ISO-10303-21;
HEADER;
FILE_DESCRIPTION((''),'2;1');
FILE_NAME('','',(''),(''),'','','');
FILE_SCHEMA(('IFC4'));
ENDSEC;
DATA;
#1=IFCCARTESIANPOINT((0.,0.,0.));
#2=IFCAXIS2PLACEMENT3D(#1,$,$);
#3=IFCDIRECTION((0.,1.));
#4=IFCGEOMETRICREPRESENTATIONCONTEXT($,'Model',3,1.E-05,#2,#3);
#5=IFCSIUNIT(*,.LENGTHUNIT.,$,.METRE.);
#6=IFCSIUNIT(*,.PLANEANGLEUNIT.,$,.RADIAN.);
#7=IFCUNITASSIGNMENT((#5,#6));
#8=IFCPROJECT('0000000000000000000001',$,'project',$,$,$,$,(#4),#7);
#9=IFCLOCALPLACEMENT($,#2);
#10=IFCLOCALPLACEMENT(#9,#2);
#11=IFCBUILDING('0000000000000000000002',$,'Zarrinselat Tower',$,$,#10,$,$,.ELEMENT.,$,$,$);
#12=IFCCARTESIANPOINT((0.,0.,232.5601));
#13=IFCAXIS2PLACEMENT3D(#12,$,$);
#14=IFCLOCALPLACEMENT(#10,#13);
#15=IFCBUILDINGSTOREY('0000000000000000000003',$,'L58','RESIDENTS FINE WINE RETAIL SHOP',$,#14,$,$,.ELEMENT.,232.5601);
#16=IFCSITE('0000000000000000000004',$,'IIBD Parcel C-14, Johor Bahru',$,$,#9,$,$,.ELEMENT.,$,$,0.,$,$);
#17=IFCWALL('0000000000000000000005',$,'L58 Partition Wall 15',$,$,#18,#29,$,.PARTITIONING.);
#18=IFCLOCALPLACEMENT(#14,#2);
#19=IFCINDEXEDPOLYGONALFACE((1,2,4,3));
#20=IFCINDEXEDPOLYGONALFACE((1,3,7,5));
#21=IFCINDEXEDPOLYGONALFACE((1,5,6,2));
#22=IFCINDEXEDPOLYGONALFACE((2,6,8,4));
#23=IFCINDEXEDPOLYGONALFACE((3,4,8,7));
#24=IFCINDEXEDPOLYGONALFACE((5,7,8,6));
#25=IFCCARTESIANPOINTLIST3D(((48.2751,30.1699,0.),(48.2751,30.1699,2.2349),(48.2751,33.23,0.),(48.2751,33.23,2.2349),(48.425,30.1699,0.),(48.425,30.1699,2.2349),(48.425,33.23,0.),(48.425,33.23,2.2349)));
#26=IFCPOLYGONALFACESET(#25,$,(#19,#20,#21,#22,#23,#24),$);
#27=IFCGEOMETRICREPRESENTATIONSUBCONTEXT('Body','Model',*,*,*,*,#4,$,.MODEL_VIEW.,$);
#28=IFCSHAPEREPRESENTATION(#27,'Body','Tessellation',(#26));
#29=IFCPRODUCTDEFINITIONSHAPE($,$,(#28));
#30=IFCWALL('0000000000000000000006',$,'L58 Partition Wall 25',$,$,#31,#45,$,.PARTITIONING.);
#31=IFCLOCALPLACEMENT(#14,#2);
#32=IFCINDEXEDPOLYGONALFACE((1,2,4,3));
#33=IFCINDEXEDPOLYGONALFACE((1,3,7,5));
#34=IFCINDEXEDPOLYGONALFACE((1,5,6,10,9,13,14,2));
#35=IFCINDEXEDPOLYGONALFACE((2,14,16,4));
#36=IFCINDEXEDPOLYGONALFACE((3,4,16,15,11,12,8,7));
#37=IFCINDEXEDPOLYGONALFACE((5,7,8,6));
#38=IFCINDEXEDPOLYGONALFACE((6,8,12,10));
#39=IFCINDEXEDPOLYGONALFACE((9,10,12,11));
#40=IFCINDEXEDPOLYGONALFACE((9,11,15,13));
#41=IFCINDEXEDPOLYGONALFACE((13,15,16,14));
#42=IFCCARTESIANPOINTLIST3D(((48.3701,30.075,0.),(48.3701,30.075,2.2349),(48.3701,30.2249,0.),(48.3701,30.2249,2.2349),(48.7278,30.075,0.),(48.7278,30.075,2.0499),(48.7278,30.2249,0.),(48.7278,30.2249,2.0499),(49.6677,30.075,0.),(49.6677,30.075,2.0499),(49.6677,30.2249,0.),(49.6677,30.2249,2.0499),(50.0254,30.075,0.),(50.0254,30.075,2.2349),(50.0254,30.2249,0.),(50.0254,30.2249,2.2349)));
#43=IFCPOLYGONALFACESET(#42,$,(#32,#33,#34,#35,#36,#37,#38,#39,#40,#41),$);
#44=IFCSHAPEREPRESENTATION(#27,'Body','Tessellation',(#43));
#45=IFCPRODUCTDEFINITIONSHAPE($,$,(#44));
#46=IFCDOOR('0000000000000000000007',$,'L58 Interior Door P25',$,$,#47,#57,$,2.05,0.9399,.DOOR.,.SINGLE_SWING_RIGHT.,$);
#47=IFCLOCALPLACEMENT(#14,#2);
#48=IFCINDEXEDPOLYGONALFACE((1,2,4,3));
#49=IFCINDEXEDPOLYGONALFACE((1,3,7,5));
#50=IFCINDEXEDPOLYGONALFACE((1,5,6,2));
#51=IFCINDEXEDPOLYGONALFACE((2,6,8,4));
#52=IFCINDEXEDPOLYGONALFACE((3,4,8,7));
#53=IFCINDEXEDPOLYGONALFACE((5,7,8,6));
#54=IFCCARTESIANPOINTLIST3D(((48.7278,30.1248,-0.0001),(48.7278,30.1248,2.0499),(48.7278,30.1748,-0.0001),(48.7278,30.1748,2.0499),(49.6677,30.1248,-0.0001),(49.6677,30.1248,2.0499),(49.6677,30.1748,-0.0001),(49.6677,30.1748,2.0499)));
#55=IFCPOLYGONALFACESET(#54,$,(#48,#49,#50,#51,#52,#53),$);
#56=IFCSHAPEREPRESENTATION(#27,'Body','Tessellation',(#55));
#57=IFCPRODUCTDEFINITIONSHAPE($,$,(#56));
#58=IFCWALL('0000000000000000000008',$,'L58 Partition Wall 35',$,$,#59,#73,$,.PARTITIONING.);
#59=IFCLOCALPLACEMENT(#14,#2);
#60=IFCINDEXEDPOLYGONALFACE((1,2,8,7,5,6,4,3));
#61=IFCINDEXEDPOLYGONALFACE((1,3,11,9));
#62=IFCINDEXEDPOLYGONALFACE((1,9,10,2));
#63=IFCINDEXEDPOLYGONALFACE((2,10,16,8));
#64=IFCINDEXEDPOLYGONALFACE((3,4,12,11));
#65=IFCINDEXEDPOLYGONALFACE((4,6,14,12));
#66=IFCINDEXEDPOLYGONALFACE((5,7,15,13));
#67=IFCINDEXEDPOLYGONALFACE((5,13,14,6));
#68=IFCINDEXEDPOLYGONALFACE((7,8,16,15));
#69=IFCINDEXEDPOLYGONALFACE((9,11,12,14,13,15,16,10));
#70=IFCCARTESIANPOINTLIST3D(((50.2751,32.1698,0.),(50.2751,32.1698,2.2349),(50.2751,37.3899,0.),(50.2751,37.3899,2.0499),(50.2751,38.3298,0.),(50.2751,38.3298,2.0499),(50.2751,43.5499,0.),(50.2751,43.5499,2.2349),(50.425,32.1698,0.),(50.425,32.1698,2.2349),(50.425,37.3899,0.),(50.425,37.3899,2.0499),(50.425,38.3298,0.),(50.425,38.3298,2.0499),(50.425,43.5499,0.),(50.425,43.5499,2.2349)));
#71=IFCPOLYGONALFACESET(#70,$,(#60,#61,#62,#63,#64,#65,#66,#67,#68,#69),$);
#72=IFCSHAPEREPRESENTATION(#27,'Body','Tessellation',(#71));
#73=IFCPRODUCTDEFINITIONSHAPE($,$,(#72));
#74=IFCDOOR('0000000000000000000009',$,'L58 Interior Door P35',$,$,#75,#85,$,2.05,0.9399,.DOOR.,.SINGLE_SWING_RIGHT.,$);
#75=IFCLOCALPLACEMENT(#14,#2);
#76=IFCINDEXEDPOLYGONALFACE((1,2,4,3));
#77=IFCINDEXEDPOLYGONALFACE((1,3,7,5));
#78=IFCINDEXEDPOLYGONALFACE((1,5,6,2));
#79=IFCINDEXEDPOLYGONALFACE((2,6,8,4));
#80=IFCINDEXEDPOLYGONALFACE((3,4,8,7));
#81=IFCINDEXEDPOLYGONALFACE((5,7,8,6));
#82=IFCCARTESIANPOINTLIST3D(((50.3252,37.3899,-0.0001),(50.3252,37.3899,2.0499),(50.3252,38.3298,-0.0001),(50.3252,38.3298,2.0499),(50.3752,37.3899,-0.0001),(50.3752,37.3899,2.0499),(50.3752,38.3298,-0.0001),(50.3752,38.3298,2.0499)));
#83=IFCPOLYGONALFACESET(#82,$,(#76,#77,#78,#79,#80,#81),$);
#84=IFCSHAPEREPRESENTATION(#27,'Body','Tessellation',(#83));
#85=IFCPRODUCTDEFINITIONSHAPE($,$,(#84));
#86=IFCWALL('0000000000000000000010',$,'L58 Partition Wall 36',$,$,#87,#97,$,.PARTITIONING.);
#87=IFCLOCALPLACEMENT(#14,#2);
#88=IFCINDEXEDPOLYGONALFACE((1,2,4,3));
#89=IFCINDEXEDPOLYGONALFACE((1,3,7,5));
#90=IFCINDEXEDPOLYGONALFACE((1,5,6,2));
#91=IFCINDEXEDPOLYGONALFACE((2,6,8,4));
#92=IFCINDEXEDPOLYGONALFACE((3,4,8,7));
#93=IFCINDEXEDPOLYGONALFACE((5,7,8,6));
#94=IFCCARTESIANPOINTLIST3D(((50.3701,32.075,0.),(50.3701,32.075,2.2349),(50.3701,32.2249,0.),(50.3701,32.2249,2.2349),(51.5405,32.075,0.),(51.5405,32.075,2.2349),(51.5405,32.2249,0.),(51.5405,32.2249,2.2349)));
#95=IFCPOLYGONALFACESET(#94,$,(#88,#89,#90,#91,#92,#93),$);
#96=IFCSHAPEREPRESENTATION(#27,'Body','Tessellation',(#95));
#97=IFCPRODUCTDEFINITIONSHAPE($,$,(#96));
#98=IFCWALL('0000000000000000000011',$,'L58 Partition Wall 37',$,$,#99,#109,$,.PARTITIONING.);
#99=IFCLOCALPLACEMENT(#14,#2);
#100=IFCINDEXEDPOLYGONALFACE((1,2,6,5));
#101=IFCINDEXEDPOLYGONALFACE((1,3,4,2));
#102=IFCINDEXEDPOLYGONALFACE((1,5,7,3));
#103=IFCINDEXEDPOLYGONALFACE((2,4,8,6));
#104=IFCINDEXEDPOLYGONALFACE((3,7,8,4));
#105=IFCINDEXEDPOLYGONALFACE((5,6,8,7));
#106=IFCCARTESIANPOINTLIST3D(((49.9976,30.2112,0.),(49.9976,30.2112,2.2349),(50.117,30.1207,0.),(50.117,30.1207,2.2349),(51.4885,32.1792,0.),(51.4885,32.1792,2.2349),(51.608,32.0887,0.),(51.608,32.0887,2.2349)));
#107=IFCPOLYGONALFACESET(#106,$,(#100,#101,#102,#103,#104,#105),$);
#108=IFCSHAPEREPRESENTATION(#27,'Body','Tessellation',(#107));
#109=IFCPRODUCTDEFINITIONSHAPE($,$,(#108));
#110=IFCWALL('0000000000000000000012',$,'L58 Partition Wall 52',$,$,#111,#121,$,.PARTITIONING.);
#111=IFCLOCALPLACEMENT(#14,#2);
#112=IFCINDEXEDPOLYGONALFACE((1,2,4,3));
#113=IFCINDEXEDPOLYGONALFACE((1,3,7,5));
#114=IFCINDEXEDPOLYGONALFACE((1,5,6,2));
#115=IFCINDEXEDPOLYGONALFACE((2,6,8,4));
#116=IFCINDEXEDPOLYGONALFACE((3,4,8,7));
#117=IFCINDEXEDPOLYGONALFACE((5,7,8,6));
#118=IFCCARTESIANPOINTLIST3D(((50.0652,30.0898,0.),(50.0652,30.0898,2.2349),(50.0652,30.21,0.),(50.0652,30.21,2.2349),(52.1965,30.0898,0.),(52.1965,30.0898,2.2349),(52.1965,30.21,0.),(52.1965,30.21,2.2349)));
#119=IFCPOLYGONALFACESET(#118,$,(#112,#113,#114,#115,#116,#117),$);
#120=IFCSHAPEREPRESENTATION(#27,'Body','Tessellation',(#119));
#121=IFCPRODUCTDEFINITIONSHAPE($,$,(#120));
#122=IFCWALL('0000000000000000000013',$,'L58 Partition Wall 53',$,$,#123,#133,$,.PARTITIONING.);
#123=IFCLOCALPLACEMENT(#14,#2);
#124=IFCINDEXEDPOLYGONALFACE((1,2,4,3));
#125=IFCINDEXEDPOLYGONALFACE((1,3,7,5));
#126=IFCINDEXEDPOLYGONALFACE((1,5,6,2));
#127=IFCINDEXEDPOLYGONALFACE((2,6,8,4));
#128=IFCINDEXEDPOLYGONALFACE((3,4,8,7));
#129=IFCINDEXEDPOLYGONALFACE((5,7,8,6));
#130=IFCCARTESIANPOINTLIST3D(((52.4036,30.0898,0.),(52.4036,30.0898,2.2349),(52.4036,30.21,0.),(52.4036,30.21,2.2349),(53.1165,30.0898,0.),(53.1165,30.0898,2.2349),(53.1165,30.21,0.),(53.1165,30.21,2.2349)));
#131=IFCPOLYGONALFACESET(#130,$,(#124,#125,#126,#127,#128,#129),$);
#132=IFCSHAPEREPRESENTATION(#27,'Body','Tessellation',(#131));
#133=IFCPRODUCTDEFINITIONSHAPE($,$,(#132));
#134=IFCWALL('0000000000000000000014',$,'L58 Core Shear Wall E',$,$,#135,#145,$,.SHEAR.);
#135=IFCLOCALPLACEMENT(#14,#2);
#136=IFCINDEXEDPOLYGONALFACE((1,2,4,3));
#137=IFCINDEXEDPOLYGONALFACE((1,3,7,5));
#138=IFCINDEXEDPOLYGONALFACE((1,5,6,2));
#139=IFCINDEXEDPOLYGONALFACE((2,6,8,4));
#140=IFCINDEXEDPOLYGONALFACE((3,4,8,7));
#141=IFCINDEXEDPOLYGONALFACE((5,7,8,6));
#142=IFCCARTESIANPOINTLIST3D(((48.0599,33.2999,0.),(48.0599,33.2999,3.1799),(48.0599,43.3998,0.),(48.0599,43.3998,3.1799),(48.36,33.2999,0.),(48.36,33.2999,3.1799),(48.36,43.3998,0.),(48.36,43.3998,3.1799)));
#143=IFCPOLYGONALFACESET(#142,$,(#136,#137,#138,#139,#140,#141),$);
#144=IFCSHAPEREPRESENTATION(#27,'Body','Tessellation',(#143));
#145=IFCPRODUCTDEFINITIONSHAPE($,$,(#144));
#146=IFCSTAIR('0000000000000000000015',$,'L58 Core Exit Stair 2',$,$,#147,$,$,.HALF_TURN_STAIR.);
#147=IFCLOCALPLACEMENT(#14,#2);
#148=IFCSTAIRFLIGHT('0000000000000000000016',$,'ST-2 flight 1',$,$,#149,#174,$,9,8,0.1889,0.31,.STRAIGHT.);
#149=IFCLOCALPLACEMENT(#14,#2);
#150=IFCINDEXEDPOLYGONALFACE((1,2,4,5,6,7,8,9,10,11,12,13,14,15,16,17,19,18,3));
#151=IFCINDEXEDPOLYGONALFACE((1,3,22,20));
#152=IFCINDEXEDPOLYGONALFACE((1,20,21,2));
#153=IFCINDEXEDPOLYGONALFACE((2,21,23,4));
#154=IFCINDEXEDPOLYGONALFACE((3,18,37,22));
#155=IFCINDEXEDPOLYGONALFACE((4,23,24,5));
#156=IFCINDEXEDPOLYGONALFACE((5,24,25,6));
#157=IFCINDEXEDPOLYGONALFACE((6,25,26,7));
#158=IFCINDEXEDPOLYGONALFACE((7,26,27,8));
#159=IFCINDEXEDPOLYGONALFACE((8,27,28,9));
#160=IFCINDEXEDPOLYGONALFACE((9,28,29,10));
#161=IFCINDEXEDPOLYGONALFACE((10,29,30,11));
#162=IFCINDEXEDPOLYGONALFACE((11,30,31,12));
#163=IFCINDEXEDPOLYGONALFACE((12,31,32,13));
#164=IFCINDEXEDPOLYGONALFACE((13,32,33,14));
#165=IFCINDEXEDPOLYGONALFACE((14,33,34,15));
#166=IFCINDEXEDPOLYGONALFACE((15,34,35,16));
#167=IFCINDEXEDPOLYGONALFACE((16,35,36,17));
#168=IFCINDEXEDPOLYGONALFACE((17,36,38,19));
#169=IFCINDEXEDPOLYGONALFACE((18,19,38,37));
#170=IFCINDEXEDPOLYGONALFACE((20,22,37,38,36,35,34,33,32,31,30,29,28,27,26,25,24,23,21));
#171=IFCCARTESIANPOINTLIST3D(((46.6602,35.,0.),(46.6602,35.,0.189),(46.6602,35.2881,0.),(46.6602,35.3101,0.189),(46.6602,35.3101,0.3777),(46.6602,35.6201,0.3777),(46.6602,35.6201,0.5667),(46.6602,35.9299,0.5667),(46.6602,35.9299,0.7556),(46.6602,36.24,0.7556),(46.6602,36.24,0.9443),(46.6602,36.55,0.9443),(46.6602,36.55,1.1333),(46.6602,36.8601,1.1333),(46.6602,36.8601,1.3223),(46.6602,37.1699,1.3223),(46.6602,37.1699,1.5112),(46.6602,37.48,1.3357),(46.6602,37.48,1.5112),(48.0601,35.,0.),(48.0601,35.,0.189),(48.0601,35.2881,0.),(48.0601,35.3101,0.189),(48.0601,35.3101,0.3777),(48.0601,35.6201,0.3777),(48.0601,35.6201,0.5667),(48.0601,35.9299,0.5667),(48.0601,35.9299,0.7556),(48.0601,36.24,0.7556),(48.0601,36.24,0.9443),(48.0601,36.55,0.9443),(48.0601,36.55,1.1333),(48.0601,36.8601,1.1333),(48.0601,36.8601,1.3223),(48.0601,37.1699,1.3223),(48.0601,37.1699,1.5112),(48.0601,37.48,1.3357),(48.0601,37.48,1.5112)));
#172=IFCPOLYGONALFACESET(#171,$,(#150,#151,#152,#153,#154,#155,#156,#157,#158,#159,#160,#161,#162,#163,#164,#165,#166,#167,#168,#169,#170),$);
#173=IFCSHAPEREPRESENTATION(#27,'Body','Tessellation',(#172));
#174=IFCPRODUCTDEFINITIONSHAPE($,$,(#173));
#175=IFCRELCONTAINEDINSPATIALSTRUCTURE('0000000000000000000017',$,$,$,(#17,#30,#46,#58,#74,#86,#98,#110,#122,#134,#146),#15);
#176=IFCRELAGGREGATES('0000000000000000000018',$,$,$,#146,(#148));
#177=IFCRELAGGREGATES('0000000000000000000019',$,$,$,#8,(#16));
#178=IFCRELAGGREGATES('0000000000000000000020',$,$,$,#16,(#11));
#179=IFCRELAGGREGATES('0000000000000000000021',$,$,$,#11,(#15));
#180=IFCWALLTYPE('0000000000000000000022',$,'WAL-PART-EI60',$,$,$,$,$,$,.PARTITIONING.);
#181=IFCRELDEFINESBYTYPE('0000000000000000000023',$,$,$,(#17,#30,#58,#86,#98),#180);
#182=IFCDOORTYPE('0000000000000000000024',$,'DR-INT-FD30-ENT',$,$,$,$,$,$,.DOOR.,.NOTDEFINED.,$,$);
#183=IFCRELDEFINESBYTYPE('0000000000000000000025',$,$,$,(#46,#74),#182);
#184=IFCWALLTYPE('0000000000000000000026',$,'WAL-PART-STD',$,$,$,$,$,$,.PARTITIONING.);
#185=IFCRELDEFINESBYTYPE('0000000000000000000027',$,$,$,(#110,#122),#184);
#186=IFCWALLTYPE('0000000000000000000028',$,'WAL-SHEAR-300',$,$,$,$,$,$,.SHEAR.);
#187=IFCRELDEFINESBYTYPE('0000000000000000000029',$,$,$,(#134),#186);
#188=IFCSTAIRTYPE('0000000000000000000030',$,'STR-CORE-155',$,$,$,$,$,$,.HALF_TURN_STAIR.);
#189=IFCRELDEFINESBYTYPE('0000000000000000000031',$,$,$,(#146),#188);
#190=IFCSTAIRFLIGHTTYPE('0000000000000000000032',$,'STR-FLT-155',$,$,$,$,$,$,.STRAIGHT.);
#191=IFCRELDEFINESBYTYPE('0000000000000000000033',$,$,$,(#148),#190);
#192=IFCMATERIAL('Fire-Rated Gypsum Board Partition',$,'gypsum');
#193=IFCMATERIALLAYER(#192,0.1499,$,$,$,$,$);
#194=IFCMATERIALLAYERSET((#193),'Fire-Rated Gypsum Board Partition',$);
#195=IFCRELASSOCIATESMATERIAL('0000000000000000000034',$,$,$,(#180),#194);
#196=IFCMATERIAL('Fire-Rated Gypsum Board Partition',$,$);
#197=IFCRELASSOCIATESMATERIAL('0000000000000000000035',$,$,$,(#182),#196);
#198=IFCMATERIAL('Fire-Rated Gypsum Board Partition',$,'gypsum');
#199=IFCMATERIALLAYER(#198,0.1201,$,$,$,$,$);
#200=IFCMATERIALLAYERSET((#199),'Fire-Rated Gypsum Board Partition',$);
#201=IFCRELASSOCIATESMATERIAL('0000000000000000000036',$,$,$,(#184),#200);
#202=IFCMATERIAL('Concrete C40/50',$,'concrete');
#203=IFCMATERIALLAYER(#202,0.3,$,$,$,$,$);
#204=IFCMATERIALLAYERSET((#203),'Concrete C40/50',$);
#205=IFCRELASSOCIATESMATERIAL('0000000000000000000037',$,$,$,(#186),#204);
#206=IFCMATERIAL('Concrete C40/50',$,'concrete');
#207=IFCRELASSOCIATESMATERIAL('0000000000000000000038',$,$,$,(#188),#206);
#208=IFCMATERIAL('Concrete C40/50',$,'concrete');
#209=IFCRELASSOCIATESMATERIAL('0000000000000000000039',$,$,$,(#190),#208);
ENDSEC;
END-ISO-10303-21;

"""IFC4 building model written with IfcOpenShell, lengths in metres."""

from ifc_helpers import new_model, si_unit, direction, frame, frame_2d, origin, place, context, subcontext, project, spatial, polyline, rectangle, outline, extrude, material, layer, layer_set, type_object, element, fill, aggregate, save


model = new_model("IFC4")

# Units and contexts
model_context = context("Model", 3, precision=1e-05, world=origin(), true_north=direction((0.0, 1.0)))
body_context = subcontext(model_context, "Body", "Model", "MODEL_VIEW")
ifc_project = project(units=[si_unit("LENGTHUNIT", "METRE"), si_unit("PLANEANGLEUNIT", "RADIAN")], contexts=[model_context])

# Site, building, storey
site_placement = place(None, origin())
site = spatial("IfcSite", under=ifc_project, at=site_placement, Name="IIBD Parcel C-14, Johor Bahru", CompositionType="ELEMENT", RefElevation=0.0)
building_placement = place(site_placement, origin())
building = spatial("IfcBuilding", under=site, at=building_placement, Name="Zarrinselat Tower", CompositionType="ELEMENT")
storey_placement = place(building_placement, frame((0.0, 0.0, 232.5601)))
storey = spatial("IfcBuildingStorey", under=building, at=storey_placement, Name="L58", Description="RESIDENTS FINE WINE RETAIL SHOP", CompositionType="ELEMENT", Elevation=232.5601)

# Wall
ifc_material_1 = material(Name="Fire-Rated Gypsum Board Partition", Category="gypsum")
ifc_layer_1 = layer(ifc_material_1, 0.1499)
ifc_layer_set_1 = layer_set([ifc_layer_1], Name="Fire-Rated Gypsum Board Partition")
wall_type_1 = type_object("IfcWallType", Name="WAL-PART-EI60", PredefinedType="PARTITIONING", material=ifc_layer_set_1)
wall_1_placement = place(storey_placement, frame((48.3501, 30.1699, 0.0), z_axis=(0.0, 0.0, 1.0), x_axis=(0.0, 1.0, 0.0)))
element("IfcWall", 1, at=wall_1_placement, inside=storey, type_object=wall_type_1, Name="L58 Partition Wall 15", PredefinedType="PARTITIONING", context=body_context, shape_type="SweptSolid", body=[
    extrude(rectangle(XDim=3.0601, YDim=0.1499, at=frame_2d((1.53, 0.0))), origin(), (0.0, 0.0, 1.0), 2.2349),
])

# Walls, openings, doors
wall_2_placement = place(storey_placement, frame((48.3701, 30.1499, 0.0), z_axis=(0.0, 0.0, 1.0), x_axis=(1.0, 0.0, 0.0)))
wall_2 = element("IfcWall", 2, at=wall_2_placement, inside=storey, type_object=wall_type_1, Name="L58 Partition Wall 25", PredefinedType="PARTITIONING", context=body_context, shape_type="SweptSolid", body=[
    extrude(rectangle(XDim=1.6553, YDim=0.1499, at=frame_2d((0.8276, 0.0))), origin(), (0.0, 0.0, 1.0), 2.2349),
])
opening_1_placement = place(wall_2_placement, frame((0.3577, 0.0, 0.0)))
opening_1 = element("IfcOpeningElement", 3, at=opening_1_placement, cuts=wall_2, PredefinedType="OPENING", context=body_context, shape_type="SweptSolid", body=[
    extrude(rectangle(XDim=0.9399, YDim=2.05, at=frame_2d((0.47, 1.0249))), frame((0.0, 0.085, 0.0), z_axis=(0.0, -1.0, 0.0), x_axis=(1.0, 0.0, 0.0)), (0.0, 0.0, 1.0), 0.1699),
])
ifc_material_2 = material(Name="Fire-Rated Gypsum Board Partition")
door_type = type_object("IfcDoorType", Name="DR-INT-FD30-ENT", OperationType="NOTDEFINED", PredefinedType="DOOR", material=ifc_material_2)
door_1_placement = place(opening_1_placement, origin())
door_1 = element("IfcDoor", 4, at=door_1_placement, inside=storey, type_object=door_type, Name="L58 Interior Door P25", OperationType="SINGLE_SWING_RIGHT", OverallHeight=2.05, OverallWidth=0.9399, PredefinedType="DOOR", context=body_context, shape_type="SweptSolid", body=[
    extrude(rectangle(XDim=0.9399, YDim=2.05, at=frame_2d((0.47, 1.0249))), frame((0.0, 0.0249, 0.0), z_axis=(0.0, -1.0, 0.0), x_axis=(1.0, 0.0, 0.0)), (0.0, 0.0, 1.0), 0.05),
])
fill(opening_1, door_1)
wall_3_placement = place(storey_placement, frame((50.3501, 32.1699, 0.0), z_axis=(0.0, 0.0, 1.0), x_axis=(0.0, 1.0, 0.0)))
wall_3 = element("IfcWall", 5, at=wall_3_placement, inside=storey, type_object=wall_type_1, Name="L58 Partition Wall 35", PredefinedType="PARTITIONING", context=body_context, shape_type="SweptSolid", body=[
    extrude(rectangle(XDim=11.3801, YDim=0.1499, at=frame_2d((5.6899, 0.0))), origin(), (0.0, 0.0, 1.0), 2.2349),
])
opening_2_placement = place(wall_3_placement, frame((5.22, 0.0, 0.0)))
opening_2 = element("IfcOpeningElement", 6, at=opening_2_placement, cuts=wall_3, PredefinedType="OPENING", context=body_context, shape_type="SweptSolid", body=[
    extrude(rectangle(XDim=0.9399, YDim=2.05, at=frame_2d((0.47, 1.0249))), frame((0.0, 0.085, 0.0), z_axis=(0.0, -1.0, 0.0), x_axis=(1.0, 0.0, 0.0)), (0.0, 0.0, 1.0), 0.1699),
])
door_2_placement = place(opening_2_placement, origin())
door_2 = element("IfcDoor", 7, at=door_2_placement, inside=storey, type_object=door_type, Name="L58 Interior Door P35", OperationType="SINGLE_SWING_RIGHT", OverallHeight=2.05, OverallWidth=0.9399, PredefinedType="DOOR", context=body_context, shape_type="SweptSolid", body=[
    extrude(rectangle(XDim=0.9399, YDim=2.05, at=frame_2d((0.47, 1.0249))), frame((0.0, 0.0249, 0.0), z_axis=(0.0, -1.0, 0.0), x_axis=(1.0, 0.0, 0.0)), (0.0, 0.0, 1.0), 0.05),
])
fill(opening_2, door_2)

# Walls
wall_4_placement = place(storey_placement, frame((50.3701, 32.1499, 0.0), z_axis=(0.0, 0.0, 1.0), x_axis=(1.0, 0.0, 0.0)))
element("IfcWall", 8, at=wall_4_placement, inside=storey, type_object=wall_type_1, Name="L58 Partition Wall 36", PredefinedType="PARTITIONING", context=body_context, shape_type="SweptSolid", body=[
    extrude(rectangle(XDim=1.1704, YDim=0.1499, at=frame_2d((0.5852, 0.0))), origin(), (0.0, 0.0, 1.0), 2.2349),
])
wall_5_placement = place(storey_placement, frame((50.0574, 30.166, 0.0), z_axis=(0.0, 0.0, 1.0), x_axis=(0.603869, 0.797083, 0.0)))
element("IfcWall", 9, at=wall_5_placement, inside=storey, type_object=wall_type_1, Name="L58 Partition Wall 37", PredefinedType="PARTITIONING", context=body_context, shape_type="SweptSolid", body=[
    extrude(rectangle(XDim=2.469, YDim=0.1499, at=frame_2d((1.2344, 0.0))), origin(), (0.0, 0.0, 1.0), 2.2349),
])
ifc_material_3 = material(Name="Fire-Rated Gypsum Board Partition", Category="gypsum")
ifc_layer_2 = layer(ifc_material_3, 0.1201)
ifc_layer_set_2 = layer_set([ifc_layer_2], Name="Fire-Rated Gypsum Board Partition")
wall_type_2 = type_object("IfcWallType", Name="WAL-PART-STD", PredefinedType="PARTITIONING", material=ifc_layer_set_2)
wall_6_placement = place(storey_placement, frame((50.0652, 30.1499, 0.0), z_axis=(0.0, 0.0, 1.0), x_axis=(1.0, 0.0, 0.0)))
element("IfcWall", 10, at=wall_6_placement, inside=storey, type_object=wall_type_2, Name="L58 Partition Wall 52", PredefinedType="PARTITIONING", context=body_context, shape_type="SweptSolid", body=[
    extrude(rectangle(XDim=2.1313, YDim=0.1201, at=frame_2d((1.0657, 0.0))), origin(), (0.0, 0.0, 1.0), 2.2349),
])
wall_7_placement = place(storey_placement, frame((52.4036, 30.1499, 0.0), z_axis=(0.0, 0.0, 1.0), x_axis=(1.0, 0.0, 0.0)))
element("IfcWall", 11, at=wall_7_placement, inside=storey, type_object=wall_type_2, Name="L58 Partition Wall 53", PredefinedType="PARTITIONING", context=body_context, shape_type="SweptSolid", body=[
    extrude(rectangle(XDim=0.7129, YDim=0.1201, at=frame_2d((0.3564, 0.0))), origin(), (0.0, 0.0, 1.0), 2.2349),
])
ifc_material_4 = material(Name="Concrete C40/50", Category="concrete")
ifc_layer_3 = layer(ifc_material_4, 0.3)
ifc_layer_set_3 = layer_set([ifc_layer_3], Name="Concrete C40/50")
wall_type_3 = type_object("IfcWallType", Name="WAL-SHEAR-300", PredefinedType="SHEAR", material=ifc_layer_set_3)
wall_8_placement = place(storey_placement, frame((48.21, 33.3, 0.0), z_axis=(0.0, 0.0, 1.0), x_axis=(0.0, 1.0, 0.0)))
element("IfcWall", 12, at=wall_8_placement, inside=storey, type_object=wall_type_3, Name="L58 Core Shear Wall E", PredefinedType="SHEAR", context=body_context, shape_type="SweptSolid", body=[
    extrude(rectangle(XDim=10.0999, YDim=0.3, at=frame_2d((5.0498, 0.0))), origin(), (0.0, 0.0, 1.0), 3.1799),
])

# Stair, stair flight
ifc_material_5 = material(Name="Concrete C40/50", Category="concrete")
stair_type = type_object("IfcStairType", Name="STR-CORE-155", PredefinedType="HALF_TURN_STAIR", material=ifc_material_5)
stair_placement = place(storey_placement, origin())
stair = element("IfcStair", 13, at=stair_placement, inside=storey, type_object=stair_type, Name="L58 Core Exit Stair 2", PredefinedType="HALF_TURN_STAIR")
ifc_material_6 = material(Name="Concrete C40/50", Category="concrete")
stair_flight_type = type_object("IfcStairFlightType", Name="STR-FLT-155", PredefinedType="STRAIGHT", material=ifc_material_6)
stair_flight_placement = place(storey_placement, frame((47.3601, 35.0, 0.0), z_axis=(0.0, 0.0, 1.0), x_axis=(0.0, 1.0, 0.0)))
stair_flight = element("IfcStairFlight", 14, at=stair_flight_placement, type_object=stair_flight_type, Name="ST-2 flight 1", NumberOfRisers=9, NumberOfTreads=8, PredefinedType="STRAIGHT", RiserHeight=0.1889, TreadLength=0.31, context=body_context, shape_type="SweptSolid", body=[
    extrude(outline(polyline([(0.0, 0.0), (0.0, 0.189), (0.3101, 0.189), (0.3101, 0.3777), (0.6201, 0.3777), (0.6201, 0.5667), (0.9299, 0.5667), (0.9299, 0.7556), (1.24, 0.7556), (1.24, 0.9443), (1.55, 0.9443), (1.55, 1.1333), (1.8601, 1.1333), (1.8601, 1.3223), (2.1699, 1.3223), (2.1699, 1.5112), (2.48, 1.5112), (2.48, 1.7), (2.48, 1.3357), (0.2881, 0.0), (0.0, 0.0)])), frame((0.0, 0.7, 0.0), z_axis=(0.0, -1.0, 0.0), x_axis=(1.0, 0.0, 0.0)), (0.0, 0.0, 1.0), 1.3999),
])
aggregate(stair, [stair_flight])

save(model, "model.ifc")
